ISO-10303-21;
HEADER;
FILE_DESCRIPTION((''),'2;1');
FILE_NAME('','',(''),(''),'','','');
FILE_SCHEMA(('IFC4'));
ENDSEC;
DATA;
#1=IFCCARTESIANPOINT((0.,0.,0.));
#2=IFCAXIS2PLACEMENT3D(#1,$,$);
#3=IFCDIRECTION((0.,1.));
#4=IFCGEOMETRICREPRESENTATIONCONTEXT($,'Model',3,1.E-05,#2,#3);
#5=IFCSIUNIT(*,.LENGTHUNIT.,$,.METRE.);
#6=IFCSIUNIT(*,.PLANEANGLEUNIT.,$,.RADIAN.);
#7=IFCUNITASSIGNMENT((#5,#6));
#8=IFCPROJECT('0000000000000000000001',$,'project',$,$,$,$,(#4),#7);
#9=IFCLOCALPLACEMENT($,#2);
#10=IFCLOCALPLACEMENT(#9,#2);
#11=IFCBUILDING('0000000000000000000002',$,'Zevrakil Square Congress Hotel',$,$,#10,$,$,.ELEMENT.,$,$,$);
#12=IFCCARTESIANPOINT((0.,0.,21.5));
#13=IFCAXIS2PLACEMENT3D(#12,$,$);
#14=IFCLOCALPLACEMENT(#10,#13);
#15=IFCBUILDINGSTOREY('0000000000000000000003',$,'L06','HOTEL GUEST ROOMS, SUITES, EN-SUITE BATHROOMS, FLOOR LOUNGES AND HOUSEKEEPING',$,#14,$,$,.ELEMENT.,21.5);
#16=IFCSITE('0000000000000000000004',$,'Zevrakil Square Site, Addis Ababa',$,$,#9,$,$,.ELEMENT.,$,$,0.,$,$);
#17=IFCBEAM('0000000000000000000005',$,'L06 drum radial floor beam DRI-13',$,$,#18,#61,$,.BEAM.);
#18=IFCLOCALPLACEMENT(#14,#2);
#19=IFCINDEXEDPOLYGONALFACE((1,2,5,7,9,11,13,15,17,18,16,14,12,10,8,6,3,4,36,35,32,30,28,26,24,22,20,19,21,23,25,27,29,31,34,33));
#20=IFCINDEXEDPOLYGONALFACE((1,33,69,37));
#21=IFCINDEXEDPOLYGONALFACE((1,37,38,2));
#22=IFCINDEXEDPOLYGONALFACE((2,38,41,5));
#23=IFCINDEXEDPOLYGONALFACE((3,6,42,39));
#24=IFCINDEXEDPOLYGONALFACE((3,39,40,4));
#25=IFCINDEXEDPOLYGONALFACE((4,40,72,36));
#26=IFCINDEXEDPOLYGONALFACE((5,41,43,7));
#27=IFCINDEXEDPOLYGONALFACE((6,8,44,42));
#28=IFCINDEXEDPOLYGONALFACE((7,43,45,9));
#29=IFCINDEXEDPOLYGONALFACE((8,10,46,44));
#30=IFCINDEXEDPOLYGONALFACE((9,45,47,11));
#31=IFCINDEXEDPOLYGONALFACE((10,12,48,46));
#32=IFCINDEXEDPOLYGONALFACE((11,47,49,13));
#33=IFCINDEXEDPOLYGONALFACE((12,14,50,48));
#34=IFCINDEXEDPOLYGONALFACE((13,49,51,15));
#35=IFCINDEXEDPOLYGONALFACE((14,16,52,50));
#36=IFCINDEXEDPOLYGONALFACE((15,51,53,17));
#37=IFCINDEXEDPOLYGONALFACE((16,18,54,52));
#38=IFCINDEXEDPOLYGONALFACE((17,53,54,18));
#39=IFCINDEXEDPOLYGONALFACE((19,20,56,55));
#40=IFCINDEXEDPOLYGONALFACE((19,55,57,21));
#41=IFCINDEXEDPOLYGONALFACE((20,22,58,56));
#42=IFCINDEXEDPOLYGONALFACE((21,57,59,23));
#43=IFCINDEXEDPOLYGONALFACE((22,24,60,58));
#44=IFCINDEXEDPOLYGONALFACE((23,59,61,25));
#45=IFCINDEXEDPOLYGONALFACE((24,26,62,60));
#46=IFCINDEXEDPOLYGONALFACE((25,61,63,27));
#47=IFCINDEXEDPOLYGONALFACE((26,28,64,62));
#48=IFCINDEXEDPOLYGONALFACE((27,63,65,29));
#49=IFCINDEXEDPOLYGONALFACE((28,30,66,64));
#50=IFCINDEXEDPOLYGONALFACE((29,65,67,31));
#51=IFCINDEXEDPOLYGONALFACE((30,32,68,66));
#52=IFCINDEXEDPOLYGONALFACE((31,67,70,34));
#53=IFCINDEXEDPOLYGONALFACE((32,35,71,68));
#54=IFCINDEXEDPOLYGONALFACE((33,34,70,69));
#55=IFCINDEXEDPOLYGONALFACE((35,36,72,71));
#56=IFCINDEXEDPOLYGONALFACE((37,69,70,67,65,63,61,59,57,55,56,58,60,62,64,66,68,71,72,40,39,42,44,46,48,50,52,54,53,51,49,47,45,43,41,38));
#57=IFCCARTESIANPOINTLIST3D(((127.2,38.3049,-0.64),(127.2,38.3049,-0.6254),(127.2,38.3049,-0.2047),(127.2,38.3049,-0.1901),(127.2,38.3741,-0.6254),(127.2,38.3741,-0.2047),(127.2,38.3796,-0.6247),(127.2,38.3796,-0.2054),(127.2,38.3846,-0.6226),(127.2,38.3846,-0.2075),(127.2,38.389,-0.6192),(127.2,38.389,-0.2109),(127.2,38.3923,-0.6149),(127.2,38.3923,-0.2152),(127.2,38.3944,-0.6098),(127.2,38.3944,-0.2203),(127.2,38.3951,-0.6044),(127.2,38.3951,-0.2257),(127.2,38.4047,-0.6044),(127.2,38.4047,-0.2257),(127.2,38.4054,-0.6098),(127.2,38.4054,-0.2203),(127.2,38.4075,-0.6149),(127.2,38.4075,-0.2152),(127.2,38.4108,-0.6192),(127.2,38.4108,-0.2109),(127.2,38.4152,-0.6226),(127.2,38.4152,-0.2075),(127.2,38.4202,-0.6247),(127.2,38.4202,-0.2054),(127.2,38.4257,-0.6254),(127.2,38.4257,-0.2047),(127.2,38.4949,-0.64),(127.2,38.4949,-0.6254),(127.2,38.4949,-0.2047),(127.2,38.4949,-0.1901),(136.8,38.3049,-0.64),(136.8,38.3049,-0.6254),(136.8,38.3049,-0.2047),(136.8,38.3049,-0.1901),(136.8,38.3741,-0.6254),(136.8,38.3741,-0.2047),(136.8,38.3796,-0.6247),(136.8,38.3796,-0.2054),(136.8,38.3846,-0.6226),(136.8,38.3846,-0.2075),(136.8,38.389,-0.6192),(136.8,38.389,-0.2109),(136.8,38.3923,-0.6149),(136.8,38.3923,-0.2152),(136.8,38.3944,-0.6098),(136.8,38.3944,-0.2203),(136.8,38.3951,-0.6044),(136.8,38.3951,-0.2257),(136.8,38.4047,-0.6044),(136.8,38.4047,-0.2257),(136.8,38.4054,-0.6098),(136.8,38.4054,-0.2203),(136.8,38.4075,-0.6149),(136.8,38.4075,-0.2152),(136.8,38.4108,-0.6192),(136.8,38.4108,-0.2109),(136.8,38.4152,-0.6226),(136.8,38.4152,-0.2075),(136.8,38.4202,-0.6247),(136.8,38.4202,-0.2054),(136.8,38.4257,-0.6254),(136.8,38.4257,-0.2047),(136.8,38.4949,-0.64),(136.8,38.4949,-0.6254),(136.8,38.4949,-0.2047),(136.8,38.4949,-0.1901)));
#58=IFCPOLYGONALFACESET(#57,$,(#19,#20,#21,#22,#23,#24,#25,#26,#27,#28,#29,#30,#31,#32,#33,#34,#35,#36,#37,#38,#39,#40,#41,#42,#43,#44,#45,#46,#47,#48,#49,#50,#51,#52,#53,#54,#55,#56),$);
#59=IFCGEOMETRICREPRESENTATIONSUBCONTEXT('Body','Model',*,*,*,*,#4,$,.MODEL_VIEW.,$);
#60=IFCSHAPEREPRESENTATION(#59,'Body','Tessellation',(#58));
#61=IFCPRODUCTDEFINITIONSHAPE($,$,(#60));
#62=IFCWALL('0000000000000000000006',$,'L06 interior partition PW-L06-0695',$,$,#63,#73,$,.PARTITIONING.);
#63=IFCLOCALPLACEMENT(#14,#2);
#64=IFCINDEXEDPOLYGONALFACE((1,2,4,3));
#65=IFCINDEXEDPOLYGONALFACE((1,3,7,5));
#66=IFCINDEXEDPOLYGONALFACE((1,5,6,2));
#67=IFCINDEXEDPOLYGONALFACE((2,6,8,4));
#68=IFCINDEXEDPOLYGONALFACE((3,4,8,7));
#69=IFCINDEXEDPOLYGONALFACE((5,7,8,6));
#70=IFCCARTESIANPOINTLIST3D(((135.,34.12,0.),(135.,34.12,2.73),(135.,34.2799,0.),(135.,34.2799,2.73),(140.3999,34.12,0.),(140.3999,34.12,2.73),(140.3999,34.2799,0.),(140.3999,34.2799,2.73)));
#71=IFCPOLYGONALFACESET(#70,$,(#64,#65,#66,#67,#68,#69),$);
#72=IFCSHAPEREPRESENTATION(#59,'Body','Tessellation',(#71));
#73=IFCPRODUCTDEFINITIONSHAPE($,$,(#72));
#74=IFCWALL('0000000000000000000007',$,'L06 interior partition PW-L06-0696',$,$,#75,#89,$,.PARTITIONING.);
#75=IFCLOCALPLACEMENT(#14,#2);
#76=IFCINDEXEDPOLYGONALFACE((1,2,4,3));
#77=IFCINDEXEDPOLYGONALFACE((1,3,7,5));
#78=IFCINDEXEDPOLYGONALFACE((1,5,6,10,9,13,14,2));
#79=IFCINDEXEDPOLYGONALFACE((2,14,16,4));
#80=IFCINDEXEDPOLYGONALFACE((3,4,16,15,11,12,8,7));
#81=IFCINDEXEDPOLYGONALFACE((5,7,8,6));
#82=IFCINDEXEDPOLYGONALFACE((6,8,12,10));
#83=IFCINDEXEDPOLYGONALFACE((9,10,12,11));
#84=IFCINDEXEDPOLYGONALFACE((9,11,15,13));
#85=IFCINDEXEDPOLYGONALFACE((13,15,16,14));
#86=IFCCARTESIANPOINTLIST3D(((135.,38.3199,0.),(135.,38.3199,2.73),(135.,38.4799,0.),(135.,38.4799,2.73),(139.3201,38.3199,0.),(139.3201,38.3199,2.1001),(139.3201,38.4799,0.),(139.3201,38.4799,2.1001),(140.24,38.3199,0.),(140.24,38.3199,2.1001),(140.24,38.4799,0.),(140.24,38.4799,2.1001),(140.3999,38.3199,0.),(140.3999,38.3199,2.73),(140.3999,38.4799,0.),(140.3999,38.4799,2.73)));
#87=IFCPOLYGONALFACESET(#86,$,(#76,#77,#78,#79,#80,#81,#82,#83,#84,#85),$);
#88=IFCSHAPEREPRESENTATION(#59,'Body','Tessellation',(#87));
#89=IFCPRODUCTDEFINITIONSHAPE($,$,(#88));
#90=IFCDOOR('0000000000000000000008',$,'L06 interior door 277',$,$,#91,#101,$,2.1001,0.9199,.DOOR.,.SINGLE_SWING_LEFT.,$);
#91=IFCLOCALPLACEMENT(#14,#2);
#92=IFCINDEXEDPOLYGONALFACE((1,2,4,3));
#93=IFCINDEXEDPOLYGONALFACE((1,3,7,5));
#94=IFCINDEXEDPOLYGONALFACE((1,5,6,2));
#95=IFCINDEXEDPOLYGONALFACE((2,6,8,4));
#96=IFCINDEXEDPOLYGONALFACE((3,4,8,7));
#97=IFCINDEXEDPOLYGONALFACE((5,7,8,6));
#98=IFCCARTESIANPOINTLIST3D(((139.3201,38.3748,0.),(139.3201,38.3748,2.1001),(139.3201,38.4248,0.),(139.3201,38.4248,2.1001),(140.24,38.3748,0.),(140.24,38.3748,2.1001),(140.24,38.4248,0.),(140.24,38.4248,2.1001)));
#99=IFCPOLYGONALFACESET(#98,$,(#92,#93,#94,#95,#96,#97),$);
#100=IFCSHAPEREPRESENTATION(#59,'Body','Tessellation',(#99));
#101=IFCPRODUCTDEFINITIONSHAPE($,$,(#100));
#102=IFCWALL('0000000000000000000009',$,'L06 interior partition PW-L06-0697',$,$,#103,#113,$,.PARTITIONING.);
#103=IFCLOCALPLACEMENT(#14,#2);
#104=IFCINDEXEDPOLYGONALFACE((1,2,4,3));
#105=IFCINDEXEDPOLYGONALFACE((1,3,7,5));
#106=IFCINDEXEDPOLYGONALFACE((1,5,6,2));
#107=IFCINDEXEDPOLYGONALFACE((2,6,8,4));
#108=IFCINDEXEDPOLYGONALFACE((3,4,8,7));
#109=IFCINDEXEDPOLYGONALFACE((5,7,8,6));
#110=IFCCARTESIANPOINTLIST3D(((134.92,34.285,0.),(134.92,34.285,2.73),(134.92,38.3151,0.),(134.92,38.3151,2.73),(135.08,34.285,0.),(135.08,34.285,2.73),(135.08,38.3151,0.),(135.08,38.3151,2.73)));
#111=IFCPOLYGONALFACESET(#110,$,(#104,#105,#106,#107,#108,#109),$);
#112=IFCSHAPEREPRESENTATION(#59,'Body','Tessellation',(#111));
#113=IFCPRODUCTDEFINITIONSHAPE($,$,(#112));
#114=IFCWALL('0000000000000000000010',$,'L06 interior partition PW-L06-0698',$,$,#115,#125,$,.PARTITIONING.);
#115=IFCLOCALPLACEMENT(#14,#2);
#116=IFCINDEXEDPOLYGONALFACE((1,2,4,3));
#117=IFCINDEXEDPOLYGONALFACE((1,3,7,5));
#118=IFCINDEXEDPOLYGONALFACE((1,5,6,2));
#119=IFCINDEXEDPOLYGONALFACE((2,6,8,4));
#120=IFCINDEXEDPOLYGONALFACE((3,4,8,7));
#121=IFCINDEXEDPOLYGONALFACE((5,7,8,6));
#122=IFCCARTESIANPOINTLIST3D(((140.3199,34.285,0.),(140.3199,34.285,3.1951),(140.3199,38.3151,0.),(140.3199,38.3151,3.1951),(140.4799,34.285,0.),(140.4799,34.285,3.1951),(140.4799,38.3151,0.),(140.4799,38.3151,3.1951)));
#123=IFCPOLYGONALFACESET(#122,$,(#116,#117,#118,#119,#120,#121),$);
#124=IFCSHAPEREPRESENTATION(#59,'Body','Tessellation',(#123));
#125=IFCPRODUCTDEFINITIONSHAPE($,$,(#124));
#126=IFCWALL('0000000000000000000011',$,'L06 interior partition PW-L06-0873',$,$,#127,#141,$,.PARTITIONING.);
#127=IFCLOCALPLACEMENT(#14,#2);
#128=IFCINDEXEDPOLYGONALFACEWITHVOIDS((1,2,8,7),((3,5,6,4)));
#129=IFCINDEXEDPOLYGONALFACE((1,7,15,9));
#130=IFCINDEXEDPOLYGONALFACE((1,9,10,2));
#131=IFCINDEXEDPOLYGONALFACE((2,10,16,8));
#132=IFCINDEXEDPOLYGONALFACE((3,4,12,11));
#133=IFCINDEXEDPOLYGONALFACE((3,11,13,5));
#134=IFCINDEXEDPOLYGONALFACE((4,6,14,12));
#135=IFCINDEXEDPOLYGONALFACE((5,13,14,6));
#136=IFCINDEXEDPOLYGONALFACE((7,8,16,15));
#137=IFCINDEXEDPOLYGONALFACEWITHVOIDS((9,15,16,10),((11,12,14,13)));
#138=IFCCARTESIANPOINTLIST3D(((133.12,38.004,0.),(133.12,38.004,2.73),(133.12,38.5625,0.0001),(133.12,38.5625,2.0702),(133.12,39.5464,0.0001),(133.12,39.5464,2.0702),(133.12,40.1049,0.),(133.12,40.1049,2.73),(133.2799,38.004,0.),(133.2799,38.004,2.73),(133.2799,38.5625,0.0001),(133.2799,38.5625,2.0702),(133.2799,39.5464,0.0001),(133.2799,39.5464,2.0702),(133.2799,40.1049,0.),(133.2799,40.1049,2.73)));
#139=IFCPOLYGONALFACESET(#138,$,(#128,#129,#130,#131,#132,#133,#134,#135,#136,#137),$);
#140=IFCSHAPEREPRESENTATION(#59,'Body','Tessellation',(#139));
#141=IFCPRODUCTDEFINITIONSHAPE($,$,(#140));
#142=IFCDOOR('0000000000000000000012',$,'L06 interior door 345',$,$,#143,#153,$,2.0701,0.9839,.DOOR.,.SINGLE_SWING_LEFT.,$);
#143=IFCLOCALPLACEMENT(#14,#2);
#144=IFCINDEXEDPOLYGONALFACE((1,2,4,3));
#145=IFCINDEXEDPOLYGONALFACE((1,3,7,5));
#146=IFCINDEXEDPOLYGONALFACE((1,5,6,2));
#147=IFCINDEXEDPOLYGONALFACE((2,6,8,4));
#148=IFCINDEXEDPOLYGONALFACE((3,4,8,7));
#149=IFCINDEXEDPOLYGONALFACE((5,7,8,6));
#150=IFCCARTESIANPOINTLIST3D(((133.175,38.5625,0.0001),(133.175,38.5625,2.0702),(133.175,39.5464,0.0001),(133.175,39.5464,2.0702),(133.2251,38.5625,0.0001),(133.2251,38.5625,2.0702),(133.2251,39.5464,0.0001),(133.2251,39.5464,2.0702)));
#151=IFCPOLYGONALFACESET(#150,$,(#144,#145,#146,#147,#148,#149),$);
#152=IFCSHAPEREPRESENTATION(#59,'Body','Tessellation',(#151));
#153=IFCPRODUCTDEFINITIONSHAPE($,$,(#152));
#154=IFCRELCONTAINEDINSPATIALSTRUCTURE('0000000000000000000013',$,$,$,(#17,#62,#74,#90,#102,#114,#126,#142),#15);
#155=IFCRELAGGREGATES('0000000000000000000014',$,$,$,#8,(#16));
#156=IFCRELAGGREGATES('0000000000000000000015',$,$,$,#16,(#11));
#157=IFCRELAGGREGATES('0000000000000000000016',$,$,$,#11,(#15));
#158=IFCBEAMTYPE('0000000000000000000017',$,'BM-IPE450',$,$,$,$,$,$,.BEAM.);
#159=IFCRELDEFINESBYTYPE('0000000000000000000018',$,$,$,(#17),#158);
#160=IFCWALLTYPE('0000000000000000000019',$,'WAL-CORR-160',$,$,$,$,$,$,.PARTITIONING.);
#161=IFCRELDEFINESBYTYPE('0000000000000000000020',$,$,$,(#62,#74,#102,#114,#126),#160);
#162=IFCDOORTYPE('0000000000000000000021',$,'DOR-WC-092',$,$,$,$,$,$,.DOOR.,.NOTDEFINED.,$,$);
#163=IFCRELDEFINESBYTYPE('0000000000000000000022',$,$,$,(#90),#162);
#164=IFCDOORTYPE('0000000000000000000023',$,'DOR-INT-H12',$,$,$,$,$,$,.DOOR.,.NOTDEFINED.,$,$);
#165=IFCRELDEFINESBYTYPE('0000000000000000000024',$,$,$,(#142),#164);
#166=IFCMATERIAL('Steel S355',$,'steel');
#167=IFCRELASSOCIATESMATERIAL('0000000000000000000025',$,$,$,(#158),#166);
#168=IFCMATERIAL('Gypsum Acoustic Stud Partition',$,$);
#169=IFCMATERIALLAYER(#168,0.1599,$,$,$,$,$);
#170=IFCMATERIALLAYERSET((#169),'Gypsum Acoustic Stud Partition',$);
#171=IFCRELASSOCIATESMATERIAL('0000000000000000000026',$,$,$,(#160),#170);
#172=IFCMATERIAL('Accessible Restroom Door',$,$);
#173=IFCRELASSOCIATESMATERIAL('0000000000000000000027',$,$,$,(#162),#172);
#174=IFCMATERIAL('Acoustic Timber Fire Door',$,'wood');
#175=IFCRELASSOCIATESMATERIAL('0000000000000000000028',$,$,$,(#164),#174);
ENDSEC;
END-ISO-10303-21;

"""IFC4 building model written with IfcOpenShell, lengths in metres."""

from ifc_helpers import new_model, si_unit, direction, frame, frame_2d, origin, origin_2d, place, context, subcontext, project, spatial, rectangle, i_section, extrude, material, layer, layer_set, material_profile, profile_set, type_object, element, fill, save


model = new_model("IFC4")

# Units and contexts
model_context = context("Model", 3, precision=1e-05, world=origin(), true_north=direction((0.0, 1.0)))
body_context = subcontext(model_context, "Body", "Model", "MODEL_VIEW")
ifc_project = project(units=[si_unit("LENGTHUNIT", "METRE"), si_unit("PLANEANGLEUNIT", "RADIAN")], contexts=[model_context])

# Site, building, storey
site_placement = place(None, origin())
site = spatial("IfcSite", under=ifc_project, at=site_placement, Name="Zevrakil Square Site, Addis Ababa", CompositionType="ELEMENT", RefElevation=0.0)
building_placement = place(site_placement, origin())
building = spatial("IfcBuilding", under=site, at=building_placement, Name="Zevrakil Square Congress Hotel", CompositionType="ELEMENT")
storey_placement = place(building_placement, frame((0.0, 0.0, 21.5)))
storey = spatial("IfcBuildingStorey", under=building, at=storey_placement, Name="L06", Description="HOTEL GUEST ROOMS, SUITES, EN-SUITE BATHROOMS, FLOOR LOUNGES AND HOUSEKEEPING", CompositionType="ELEMENT", Elevation=21.5)

# Beam
ifc_material_1 = material(Name="Steel S355", Category="steel")
ifc_material_profile_1 = material_profile(ifc_material_1, i_section(OverallWidth=0.1899, OverallDepth=0.45, WebThickness=0.0095, FlangeThickness=0.0146, FilletRadius=0.021, at=origin_2d()), Name="IPE 450")
ifc_profile_set_1 = profile_set([ifc_material_profile_1], Name="Steel S355")
beam_type = type_object("IfcBeamType", Name="BM-IPE450", PredefinedType="BEAM", material=ifc_profile_set_1)
beam_1_placement = place(storey_placement, frame((136.8, 38.3999, -0.415), z_axis=(-1.0, 0.0, 0.0), x_axis=(0.0, -1.0, 0.0)))
element("IfcBeam", 1, at=beam_1_placement, inside=storey, type_object=beam_type, Name="L06 drum radial floor beam DRI-13", PredefinedType="BEAM", context=body_context, shape_type="SweptSolid", body=[
    extrude(i_section(OverallWidth=0.1899, OverallDepth=0.45, WebThickness=0.0095, FlangeThickness=0.0146, FilletRadius=0.021, at=origin_2d()), origin(), (0.0, 0.0, 1.0), 9.6001),
])

# Wall
ifc_material_2 = material(Name="Gypsum Acoustic Stud Partition")
ifc_layer_1 = layer(ifc_material_2, 0.1599)
ifc_layer_set_1 = layer_set([ifc_layer_1], Name="Gypsum Acoustic Stud Partition")
wall_type_1 = type_object("IfcWallType", Name="WAL-CORR-160", PredefinedType="PARTITIONING", material=ifc_layer_set_1)
wall_1_placement = place(storey_placement, frame((135.0, 34.2, 0.0), z_axis=(0.0, 0.0, 1.0), x_axis=(1.0, 0.0, 0.0)))
element("IfcWall", 2, at=wall_1_placement, inside=storey, type_object=wall_type_1, Name="L06 interior partition PW-L06-0695", PredefinedType="PARTITIONING", context=body_context, shape_type="SweptSolid", body=[
    extrude(rectangle(XDim=5.3999, YDim=0.1599, at=frame_2d((2.7, 0.0))), origin(), (0.0, 0.0, 1.0), 2.73),
])

# Wall, opening, door
wall_2_placement = place(storey_placement, frame((135.0, 38.3999, 0.0), z_axis=(0.0, 0.0, 1.0), x_axis=(1.0, 0.0, 0.0)))
wall_2 = element("IfcWall", 3, at=wall_2_placement, inside=storey, type_object=wall_type_1, Name="L06 interior partition PW-L06-0696", PredefinedType="PARTITIONING", context=body_context, shape_type="SweptSolid", body=[
    extrude(rectangle(XDim=5.3999, YDim=0.1599, at=frame_2d((2.7, 0.0))), origin(), (0.0, 0.0, 1.0), 2.73),
])
opening_1_placement = place(wall_2_placement, frame((4.3201, 0.0, 0.0)))
opening_1 = element("IfcOpeningElement", 4, at=opening_1_placement, cuts=wall_2, PredefinedType="OPENING", context=body_context, shape_type="SweptSolid", body=[
    extrude(rectangle(XDim=0.9199, YDim=2.1001, at=frame_2d((0.46, 1.05))), frame((0.0, 0.0898, 0.0), z_axis=(0.0, -1.0, 0.0), x_axis=(1.0, 0.0, 0.0)), (0.0, 0.0, 1.0), 0.1799),
])
ifc_material_3 = material(Name="Accessible Restroom Door")
door_type_1 = type_object("IfcDoorType", Name="DOR-WC-092", OperationType="NOTDEFINED", PredefinedType="DOOR", material=ifc_material_3)
door_1_placement = place(opening_1_placement, origin())
door_1 = element("IfcDoor", 5, at=door_1_placement, inside=storey, type_object=door_type_1, Name="L06 interior door 277", OperationType="SINGLE_SWING_LEFT", OverallHeight=2.1001, OverallWidth=0.9199, PredefinedType="DOOR", context=body_context, shape_type="SweptSolid", body=[
    extrude(rectangle(XDim=0.9199, YDim=2.1001, at=frame_2d((0.46, 1.05))), frame((0.0, 0.0249, 0.0), z_axis=(0.0, -1.0, 0.0), x_axis=(1.0, 0.0, 0.0)), (0.0, 0.0, 1.0), 0.05),
])
fill(opening_1, door_1)

# Walls
wall_3_placement = place(storey_placement, frame((135.0, 34.2849, 0.0), z_axis=(0.0, 0.0, 1.0), x_axis=(0.0, 1.0, 0.0)))
element("IfcWall", 6, at=wall_3_placement, inside=storey, type_object=wall_type_1, Name="L06 interior partition PW-L06-0697", PredefinedType="PARTITIONING", context=body_context, shape_type="SweptSolid", body=[
    extrude(rectangle(XDim=4.03, YDim=0.1599, at=frame_2d((2.0151, 0.0))), origin(), (0.0, 0.0, 1.0), 2.73),
])
wall_4_placement = place(storey_placement, frame((140.3999, 34.2849, 0.0), z_axis=(0.0, 0.0, 1.0), x_axis=(0.0, 1.0, 0.0)))
element("IfcWall", 7, at=wall_4_placement, inside=storey, type_object=wall_type_1, Name="L06 interior partition PW-L06-0698", PredefinedType="PARTITIONING", context=body_context, shape_type="SweptSolid", body=[
    extrude(rectangle(XDim=4.03, YDim=0.1599, at=frame_2d((2.0151, 0.0))), origin(), (0.0, 0.0, 1.0), 3.1951),
])

# Wall, opening, door
wall_5_placement = place(storey_placement, frame((133.2, 38.0042, 0.0), z_axis=(0.0, 0.0, 1.0), x_axis=(0.0, 1.0, 0.0)))
wall_5 = element("IfcWall", 8, at=wall_5_placement, inside=storey, type_object=wall_type_1, Name="L06 interior partition PW-L06-0873", PredefinedType="PARTITIONING", context=body_context, shape_type="SweptSolid", body=[
    extrude(rectangle(XDim=2.1008, YDim=0.1599, at=frame_2d((1.0503, 0.0))), origin(), (0.0, 0.0, 1.0), 2.73),
])
opening_2_placement = place(wall_5_placement, frame((0.5583, 0.0, 0.0)))
opening_2 = element("IfcOpeningElement", 9, at=opening_2_placement, cuts=wall_5, PredefinedType="OPENING", context=body_context, shape_type="SweptSolid", body=[
    extrude(rectangle(XDim=0.9839, YDim=2.0701, at=frame_2d((0.4919, 1.0352))), frame((0.0, 0.0898, 0.0), z_axis=(0.0, -1.0, 0.0), x_axis=(1.0, 0.0, 0.0)), (0.0, 0.0, 1.0), 0.1799),
])
ifc_material_4 = material(Name="Acoustic Timber Fire Door", Category="wood")
door_type_2 = type_object("IfcDoorType", Name="DOR-INT-H12", OperationType="NOTDEFINED", PredefinedType="DOOR", material=ifc_material_4)
door_2_placement = place(opening_2_placement, origin())
door_2 = element("IfcDoor", 10, at=door_2_placement, inside=storey, type_object=door_type_2, Name="L06 interior door 345", OperationType="SINGLE_SWING_LEFT", OverallHeight=2.0701, OverallWidth=0.9839, PredefinedType="DOOR", context=body_context, shape_type="SweptSolid", body=[
    extrude(rectangle(XDim=0.9839, YDim=2.0701, at=frame_2d((0.4919, 1.0352))), frame((0.0, 0.0249, 0.0), z_axis=(0.0, -1.0, 0.0), x_axis=(1.0, 0.0, 0.0)), (0.0, 0.0, 1.0), 0.05),
])
fill(opening_2, door_2)

save(model, "model.ifc")
